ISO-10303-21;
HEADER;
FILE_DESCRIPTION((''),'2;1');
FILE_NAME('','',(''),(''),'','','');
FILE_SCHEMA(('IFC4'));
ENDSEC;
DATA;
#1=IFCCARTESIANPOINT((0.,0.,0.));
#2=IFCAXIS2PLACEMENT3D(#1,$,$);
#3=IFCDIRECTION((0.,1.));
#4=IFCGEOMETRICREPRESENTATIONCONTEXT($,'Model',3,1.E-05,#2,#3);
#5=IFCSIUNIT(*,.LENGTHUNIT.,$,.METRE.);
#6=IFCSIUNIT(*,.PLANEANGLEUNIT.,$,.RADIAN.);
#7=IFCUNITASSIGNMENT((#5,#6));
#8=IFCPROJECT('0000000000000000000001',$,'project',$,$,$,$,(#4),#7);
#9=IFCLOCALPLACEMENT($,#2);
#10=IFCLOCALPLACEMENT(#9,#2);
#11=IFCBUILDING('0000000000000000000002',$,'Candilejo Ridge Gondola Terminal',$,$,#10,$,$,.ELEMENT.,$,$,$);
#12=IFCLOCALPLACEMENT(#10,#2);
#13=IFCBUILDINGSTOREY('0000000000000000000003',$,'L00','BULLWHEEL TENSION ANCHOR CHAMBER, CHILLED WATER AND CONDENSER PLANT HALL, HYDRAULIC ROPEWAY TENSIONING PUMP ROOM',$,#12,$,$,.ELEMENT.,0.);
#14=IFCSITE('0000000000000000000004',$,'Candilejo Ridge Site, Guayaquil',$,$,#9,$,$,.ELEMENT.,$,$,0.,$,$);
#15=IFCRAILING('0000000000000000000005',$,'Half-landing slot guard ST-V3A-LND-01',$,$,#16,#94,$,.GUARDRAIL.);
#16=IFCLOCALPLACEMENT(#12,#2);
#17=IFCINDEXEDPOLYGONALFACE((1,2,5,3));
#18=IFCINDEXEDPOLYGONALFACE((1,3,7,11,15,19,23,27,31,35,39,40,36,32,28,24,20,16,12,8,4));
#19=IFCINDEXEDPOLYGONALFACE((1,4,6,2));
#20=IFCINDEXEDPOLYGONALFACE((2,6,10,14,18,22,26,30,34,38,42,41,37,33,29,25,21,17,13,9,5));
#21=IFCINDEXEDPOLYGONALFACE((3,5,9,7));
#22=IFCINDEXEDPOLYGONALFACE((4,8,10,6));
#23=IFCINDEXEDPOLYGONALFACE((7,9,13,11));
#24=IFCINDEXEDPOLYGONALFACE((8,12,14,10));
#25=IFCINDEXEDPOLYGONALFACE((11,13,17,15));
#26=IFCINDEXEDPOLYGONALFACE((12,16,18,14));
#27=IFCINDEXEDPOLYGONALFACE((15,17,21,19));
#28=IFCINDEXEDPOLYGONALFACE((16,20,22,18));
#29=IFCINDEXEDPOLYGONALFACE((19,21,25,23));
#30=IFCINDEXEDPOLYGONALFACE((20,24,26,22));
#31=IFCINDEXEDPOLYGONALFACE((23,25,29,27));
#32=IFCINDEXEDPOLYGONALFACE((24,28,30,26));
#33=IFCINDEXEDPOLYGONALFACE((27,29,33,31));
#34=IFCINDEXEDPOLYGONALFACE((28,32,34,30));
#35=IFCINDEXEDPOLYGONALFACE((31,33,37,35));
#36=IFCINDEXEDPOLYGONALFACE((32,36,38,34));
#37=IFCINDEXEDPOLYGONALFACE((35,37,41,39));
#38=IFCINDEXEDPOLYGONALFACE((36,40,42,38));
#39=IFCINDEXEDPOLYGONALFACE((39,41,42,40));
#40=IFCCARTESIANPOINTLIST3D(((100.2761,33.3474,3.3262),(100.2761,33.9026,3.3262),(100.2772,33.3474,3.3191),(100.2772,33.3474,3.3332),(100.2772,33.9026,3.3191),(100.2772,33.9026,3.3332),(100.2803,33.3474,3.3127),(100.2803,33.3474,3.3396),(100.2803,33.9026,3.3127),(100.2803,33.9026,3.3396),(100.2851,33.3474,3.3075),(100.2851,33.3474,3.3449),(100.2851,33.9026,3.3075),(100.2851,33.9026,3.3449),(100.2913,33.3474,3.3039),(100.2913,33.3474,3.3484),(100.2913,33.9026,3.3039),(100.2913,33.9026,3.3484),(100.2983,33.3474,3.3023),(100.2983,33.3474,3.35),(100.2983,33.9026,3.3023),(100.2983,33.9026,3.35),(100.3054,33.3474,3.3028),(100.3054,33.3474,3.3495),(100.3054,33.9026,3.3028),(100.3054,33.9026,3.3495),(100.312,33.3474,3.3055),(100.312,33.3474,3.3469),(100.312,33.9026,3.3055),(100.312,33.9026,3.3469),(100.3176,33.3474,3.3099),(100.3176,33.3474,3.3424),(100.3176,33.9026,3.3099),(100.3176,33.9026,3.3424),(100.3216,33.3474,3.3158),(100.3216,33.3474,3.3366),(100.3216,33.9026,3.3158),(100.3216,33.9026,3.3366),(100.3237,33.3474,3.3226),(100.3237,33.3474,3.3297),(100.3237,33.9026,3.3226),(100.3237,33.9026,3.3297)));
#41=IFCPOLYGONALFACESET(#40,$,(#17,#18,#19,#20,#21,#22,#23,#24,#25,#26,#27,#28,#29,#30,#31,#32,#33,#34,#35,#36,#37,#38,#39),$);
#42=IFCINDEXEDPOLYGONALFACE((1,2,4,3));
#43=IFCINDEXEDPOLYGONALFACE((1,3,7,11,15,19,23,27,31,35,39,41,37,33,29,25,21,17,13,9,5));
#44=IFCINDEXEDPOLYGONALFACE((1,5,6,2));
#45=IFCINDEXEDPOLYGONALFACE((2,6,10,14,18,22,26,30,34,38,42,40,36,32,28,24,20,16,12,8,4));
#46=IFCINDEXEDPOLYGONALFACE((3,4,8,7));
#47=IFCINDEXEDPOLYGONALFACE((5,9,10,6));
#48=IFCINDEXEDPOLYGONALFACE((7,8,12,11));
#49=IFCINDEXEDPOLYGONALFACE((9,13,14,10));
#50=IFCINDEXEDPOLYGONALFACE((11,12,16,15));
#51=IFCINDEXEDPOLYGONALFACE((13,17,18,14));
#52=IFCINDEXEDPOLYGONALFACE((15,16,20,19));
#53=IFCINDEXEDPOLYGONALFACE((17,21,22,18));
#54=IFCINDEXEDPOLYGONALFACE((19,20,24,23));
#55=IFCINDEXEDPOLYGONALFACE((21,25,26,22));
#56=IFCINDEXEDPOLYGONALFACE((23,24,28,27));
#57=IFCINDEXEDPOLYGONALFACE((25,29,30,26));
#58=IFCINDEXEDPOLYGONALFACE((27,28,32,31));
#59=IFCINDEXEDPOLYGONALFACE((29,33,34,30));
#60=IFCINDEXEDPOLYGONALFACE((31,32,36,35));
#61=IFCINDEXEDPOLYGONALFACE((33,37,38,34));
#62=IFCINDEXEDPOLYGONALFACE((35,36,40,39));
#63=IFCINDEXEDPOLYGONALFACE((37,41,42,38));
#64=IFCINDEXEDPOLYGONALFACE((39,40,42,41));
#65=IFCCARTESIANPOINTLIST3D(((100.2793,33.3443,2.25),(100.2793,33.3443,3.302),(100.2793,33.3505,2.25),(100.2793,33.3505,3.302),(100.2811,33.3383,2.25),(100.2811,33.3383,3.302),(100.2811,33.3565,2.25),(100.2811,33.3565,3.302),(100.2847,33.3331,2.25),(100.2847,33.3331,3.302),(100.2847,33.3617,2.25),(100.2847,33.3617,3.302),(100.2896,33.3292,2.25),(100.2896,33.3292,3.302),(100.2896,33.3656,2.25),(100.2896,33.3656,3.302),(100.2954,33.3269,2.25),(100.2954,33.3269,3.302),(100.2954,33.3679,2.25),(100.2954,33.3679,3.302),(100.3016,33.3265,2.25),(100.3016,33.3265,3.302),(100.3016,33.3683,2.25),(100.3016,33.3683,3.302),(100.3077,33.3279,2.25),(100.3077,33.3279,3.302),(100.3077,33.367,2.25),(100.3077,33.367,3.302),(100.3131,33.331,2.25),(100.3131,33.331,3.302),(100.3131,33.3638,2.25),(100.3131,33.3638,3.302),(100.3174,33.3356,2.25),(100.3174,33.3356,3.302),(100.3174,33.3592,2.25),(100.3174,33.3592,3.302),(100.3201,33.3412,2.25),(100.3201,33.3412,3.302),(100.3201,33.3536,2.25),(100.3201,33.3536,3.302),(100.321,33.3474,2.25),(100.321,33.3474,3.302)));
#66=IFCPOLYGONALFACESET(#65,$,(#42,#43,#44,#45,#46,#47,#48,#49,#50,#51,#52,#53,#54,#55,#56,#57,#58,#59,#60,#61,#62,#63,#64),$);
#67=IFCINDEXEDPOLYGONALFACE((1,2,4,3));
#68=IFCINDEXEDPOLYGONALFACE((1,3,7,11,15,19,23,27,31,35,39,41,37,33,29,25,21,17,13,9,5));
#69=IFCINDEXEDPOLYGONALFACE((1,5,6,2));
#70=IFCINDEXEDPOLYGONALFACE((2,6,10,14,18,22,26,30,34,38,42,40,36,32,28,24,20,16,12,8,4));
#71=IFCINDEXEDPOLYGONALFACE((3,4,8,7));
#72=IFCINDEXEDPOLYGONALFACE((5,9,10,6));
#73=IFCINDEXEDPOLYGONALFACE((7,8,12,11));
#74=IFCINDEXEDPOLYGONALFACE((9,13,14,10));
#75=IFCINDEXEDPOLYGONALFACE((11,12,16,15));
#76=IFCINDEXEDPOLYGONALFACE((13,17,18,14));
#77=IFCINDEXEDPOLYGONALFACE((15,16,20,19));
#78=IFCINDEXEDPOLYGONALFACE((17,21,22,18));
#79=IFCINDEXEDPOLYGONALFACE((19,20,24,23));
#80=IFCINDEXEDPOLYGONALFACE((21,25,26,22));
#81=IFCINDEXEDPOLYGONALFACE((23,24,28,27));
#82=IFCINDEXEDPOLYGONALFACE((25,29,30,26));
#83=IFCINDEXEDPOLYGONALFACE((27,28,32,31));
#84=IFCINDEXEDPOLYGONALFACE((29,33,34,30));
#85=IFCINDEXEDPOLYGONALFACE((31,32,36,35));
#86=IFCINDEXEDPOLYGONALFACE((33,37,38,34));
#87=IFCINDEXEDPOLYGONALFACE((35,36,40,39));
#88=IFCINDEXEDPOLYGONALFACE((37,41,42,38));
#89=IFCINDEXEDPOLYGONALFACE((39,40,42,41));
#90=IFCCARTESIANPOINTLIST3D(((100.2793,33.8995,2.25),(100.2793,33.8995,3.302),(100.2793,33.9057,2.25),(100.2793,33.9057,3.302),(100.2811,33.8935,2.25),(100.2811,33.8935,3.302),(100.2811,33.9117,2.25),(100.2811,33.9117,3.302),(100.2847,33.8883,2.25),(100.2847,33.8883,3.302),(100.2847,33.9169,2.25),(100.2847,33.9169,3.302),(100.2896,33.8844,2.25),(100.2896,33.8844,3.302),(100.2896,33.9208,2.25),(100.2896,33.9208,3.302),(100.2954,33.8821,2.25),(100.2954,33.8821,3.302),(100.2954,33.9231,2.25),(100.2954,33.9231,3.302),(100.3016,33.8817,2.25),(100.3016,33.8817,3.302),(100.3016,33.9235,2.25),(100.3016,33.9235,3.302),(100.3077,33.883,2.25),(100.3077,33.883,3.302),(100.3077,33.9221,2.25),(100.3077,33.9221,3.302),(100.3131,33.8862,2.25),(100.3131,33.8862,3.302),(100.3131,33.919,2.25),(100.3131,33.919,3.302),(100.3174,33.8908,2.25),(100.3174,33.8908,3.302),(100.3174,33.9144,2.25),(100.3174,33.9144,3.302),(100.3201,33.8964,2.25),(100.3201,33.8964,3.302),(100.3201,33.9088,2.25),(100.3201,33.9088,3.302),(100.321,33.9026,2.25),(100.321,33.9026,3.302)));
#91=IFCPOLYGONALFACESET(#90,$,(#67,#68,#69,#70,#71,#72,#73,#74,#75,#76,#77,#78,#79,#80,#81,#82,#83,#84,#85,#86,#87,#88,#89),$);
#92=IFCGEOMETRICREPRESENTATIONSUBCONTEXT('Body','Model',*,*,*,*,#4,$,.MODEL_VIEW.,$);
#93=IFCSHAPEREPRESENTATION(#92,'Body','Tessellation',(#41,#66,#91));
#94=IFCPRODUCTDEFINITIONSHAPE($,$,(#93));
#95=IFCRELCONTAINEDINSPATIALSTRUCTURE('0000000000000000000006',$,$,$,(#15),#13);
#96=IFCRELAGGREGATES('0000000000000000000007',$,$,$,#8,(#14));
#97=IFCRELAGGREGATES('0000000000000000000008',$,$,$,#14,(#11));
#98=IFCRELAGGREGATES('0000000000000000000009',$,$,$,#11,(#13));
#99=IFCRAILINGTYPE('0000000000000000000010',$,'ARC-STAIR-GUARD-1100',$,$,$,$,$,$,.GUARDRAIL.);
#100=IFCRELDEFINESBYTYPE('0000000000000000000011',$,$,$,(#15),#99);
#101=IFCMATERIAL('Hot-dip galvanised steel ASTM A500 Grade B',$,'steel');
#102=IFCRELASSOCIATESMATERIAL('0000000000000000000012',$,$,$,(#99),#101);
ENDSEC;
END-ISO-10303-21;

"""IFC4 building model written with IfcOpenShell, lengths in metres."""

from ifc_helpers import new_model, si_unit, direction, frame, origin, origin_2d, place, context, subcontext, project, spatial, circle, extrude, material, type_object, element, save


model = new_model("IFC4")

# Units and contexts
model_context = context("Model", 3, precision=1e-05, world=origin(), true_north=direction((0.0, 1.0)))
body_context = subcontext(model_context, "Body", "Model", "MODEL_VIEW")
ifc_project = project(units=[si_unit("LENGTHUNIT", "METRE"), si_unit("PLANEANGLEUNIT", "RADIAN")], contexts=[model_context])

# Site, building, storey
site_placement = place(None, origin())
site = spatial("IfcSite", under=ifc_project, at=site_placement, Name="Candilejo Ridge Site, Guayaquil", CompositionType="ELEMENT", RefElevation=0.0)
building_placement = place(site_placement, origin())
building = spatial("IfcBuilding", under=site, at=building_placement, Name="Candilejo Ridge Gondola Terminal", CompositionType="ELEMENT")
storey_placement = place(building_placement, origin())
storey = spatial("IfcBuildingStorey", under=building, at=storey_placement, Name="L00", Description="BULLWHEEL TENSION ANCHOR CHAMBER, CHILLED WATER AND CONDENSER PLANT HALL, HYDRAULIC ROPEWAY TENSIONING PUMP ROOM", CompositionType="ELEMENT", Elevation=0.0)

# Railing
ifc_material_1 = material(Name="Hot-dip galvanised steel ASTM A500 Grade B", Category="steel")
railing_type_1 = type_object("IfcRailingType", Name="ARC-STAIR-GUARD-1100", PredefinedType="GUARDRAIL", material=ifc_material_1)
railing_1_placement = place(storey_placement, frame((100.3, 33.3474, 2.25)))
element("IfcRailing", 1, at=railing_1_placement, inside=storey, type_object=railing_type_1, Name="Half-landing slot guard ST-V3A-LND-01", PredefinedType="GUARDRAIL", context=body_context, shape_type="SweptSolid", body=[
    extrude(circle(Radius=0.0239, at=origin_2d()), frame((0.0, 0.0, 1.0762), z_axis=(0.0, 1.0, 0.0), x_axis=(-1.0, 0.0, 0.0)), (0.0, 0.0, 1.0), 0.5552),
    extrude(circle(Radius=0.021, at=origin_2d()), origin(), (0.0, 0.0, 1.0), 1.052),
    extrude(circle(Radius=0.021, at=origin_2d()), frame((0.0, 0.5552, 0.0)), (0.0, 0.0, 1.0), 1.052),
])

save(model, "model.ifc")
